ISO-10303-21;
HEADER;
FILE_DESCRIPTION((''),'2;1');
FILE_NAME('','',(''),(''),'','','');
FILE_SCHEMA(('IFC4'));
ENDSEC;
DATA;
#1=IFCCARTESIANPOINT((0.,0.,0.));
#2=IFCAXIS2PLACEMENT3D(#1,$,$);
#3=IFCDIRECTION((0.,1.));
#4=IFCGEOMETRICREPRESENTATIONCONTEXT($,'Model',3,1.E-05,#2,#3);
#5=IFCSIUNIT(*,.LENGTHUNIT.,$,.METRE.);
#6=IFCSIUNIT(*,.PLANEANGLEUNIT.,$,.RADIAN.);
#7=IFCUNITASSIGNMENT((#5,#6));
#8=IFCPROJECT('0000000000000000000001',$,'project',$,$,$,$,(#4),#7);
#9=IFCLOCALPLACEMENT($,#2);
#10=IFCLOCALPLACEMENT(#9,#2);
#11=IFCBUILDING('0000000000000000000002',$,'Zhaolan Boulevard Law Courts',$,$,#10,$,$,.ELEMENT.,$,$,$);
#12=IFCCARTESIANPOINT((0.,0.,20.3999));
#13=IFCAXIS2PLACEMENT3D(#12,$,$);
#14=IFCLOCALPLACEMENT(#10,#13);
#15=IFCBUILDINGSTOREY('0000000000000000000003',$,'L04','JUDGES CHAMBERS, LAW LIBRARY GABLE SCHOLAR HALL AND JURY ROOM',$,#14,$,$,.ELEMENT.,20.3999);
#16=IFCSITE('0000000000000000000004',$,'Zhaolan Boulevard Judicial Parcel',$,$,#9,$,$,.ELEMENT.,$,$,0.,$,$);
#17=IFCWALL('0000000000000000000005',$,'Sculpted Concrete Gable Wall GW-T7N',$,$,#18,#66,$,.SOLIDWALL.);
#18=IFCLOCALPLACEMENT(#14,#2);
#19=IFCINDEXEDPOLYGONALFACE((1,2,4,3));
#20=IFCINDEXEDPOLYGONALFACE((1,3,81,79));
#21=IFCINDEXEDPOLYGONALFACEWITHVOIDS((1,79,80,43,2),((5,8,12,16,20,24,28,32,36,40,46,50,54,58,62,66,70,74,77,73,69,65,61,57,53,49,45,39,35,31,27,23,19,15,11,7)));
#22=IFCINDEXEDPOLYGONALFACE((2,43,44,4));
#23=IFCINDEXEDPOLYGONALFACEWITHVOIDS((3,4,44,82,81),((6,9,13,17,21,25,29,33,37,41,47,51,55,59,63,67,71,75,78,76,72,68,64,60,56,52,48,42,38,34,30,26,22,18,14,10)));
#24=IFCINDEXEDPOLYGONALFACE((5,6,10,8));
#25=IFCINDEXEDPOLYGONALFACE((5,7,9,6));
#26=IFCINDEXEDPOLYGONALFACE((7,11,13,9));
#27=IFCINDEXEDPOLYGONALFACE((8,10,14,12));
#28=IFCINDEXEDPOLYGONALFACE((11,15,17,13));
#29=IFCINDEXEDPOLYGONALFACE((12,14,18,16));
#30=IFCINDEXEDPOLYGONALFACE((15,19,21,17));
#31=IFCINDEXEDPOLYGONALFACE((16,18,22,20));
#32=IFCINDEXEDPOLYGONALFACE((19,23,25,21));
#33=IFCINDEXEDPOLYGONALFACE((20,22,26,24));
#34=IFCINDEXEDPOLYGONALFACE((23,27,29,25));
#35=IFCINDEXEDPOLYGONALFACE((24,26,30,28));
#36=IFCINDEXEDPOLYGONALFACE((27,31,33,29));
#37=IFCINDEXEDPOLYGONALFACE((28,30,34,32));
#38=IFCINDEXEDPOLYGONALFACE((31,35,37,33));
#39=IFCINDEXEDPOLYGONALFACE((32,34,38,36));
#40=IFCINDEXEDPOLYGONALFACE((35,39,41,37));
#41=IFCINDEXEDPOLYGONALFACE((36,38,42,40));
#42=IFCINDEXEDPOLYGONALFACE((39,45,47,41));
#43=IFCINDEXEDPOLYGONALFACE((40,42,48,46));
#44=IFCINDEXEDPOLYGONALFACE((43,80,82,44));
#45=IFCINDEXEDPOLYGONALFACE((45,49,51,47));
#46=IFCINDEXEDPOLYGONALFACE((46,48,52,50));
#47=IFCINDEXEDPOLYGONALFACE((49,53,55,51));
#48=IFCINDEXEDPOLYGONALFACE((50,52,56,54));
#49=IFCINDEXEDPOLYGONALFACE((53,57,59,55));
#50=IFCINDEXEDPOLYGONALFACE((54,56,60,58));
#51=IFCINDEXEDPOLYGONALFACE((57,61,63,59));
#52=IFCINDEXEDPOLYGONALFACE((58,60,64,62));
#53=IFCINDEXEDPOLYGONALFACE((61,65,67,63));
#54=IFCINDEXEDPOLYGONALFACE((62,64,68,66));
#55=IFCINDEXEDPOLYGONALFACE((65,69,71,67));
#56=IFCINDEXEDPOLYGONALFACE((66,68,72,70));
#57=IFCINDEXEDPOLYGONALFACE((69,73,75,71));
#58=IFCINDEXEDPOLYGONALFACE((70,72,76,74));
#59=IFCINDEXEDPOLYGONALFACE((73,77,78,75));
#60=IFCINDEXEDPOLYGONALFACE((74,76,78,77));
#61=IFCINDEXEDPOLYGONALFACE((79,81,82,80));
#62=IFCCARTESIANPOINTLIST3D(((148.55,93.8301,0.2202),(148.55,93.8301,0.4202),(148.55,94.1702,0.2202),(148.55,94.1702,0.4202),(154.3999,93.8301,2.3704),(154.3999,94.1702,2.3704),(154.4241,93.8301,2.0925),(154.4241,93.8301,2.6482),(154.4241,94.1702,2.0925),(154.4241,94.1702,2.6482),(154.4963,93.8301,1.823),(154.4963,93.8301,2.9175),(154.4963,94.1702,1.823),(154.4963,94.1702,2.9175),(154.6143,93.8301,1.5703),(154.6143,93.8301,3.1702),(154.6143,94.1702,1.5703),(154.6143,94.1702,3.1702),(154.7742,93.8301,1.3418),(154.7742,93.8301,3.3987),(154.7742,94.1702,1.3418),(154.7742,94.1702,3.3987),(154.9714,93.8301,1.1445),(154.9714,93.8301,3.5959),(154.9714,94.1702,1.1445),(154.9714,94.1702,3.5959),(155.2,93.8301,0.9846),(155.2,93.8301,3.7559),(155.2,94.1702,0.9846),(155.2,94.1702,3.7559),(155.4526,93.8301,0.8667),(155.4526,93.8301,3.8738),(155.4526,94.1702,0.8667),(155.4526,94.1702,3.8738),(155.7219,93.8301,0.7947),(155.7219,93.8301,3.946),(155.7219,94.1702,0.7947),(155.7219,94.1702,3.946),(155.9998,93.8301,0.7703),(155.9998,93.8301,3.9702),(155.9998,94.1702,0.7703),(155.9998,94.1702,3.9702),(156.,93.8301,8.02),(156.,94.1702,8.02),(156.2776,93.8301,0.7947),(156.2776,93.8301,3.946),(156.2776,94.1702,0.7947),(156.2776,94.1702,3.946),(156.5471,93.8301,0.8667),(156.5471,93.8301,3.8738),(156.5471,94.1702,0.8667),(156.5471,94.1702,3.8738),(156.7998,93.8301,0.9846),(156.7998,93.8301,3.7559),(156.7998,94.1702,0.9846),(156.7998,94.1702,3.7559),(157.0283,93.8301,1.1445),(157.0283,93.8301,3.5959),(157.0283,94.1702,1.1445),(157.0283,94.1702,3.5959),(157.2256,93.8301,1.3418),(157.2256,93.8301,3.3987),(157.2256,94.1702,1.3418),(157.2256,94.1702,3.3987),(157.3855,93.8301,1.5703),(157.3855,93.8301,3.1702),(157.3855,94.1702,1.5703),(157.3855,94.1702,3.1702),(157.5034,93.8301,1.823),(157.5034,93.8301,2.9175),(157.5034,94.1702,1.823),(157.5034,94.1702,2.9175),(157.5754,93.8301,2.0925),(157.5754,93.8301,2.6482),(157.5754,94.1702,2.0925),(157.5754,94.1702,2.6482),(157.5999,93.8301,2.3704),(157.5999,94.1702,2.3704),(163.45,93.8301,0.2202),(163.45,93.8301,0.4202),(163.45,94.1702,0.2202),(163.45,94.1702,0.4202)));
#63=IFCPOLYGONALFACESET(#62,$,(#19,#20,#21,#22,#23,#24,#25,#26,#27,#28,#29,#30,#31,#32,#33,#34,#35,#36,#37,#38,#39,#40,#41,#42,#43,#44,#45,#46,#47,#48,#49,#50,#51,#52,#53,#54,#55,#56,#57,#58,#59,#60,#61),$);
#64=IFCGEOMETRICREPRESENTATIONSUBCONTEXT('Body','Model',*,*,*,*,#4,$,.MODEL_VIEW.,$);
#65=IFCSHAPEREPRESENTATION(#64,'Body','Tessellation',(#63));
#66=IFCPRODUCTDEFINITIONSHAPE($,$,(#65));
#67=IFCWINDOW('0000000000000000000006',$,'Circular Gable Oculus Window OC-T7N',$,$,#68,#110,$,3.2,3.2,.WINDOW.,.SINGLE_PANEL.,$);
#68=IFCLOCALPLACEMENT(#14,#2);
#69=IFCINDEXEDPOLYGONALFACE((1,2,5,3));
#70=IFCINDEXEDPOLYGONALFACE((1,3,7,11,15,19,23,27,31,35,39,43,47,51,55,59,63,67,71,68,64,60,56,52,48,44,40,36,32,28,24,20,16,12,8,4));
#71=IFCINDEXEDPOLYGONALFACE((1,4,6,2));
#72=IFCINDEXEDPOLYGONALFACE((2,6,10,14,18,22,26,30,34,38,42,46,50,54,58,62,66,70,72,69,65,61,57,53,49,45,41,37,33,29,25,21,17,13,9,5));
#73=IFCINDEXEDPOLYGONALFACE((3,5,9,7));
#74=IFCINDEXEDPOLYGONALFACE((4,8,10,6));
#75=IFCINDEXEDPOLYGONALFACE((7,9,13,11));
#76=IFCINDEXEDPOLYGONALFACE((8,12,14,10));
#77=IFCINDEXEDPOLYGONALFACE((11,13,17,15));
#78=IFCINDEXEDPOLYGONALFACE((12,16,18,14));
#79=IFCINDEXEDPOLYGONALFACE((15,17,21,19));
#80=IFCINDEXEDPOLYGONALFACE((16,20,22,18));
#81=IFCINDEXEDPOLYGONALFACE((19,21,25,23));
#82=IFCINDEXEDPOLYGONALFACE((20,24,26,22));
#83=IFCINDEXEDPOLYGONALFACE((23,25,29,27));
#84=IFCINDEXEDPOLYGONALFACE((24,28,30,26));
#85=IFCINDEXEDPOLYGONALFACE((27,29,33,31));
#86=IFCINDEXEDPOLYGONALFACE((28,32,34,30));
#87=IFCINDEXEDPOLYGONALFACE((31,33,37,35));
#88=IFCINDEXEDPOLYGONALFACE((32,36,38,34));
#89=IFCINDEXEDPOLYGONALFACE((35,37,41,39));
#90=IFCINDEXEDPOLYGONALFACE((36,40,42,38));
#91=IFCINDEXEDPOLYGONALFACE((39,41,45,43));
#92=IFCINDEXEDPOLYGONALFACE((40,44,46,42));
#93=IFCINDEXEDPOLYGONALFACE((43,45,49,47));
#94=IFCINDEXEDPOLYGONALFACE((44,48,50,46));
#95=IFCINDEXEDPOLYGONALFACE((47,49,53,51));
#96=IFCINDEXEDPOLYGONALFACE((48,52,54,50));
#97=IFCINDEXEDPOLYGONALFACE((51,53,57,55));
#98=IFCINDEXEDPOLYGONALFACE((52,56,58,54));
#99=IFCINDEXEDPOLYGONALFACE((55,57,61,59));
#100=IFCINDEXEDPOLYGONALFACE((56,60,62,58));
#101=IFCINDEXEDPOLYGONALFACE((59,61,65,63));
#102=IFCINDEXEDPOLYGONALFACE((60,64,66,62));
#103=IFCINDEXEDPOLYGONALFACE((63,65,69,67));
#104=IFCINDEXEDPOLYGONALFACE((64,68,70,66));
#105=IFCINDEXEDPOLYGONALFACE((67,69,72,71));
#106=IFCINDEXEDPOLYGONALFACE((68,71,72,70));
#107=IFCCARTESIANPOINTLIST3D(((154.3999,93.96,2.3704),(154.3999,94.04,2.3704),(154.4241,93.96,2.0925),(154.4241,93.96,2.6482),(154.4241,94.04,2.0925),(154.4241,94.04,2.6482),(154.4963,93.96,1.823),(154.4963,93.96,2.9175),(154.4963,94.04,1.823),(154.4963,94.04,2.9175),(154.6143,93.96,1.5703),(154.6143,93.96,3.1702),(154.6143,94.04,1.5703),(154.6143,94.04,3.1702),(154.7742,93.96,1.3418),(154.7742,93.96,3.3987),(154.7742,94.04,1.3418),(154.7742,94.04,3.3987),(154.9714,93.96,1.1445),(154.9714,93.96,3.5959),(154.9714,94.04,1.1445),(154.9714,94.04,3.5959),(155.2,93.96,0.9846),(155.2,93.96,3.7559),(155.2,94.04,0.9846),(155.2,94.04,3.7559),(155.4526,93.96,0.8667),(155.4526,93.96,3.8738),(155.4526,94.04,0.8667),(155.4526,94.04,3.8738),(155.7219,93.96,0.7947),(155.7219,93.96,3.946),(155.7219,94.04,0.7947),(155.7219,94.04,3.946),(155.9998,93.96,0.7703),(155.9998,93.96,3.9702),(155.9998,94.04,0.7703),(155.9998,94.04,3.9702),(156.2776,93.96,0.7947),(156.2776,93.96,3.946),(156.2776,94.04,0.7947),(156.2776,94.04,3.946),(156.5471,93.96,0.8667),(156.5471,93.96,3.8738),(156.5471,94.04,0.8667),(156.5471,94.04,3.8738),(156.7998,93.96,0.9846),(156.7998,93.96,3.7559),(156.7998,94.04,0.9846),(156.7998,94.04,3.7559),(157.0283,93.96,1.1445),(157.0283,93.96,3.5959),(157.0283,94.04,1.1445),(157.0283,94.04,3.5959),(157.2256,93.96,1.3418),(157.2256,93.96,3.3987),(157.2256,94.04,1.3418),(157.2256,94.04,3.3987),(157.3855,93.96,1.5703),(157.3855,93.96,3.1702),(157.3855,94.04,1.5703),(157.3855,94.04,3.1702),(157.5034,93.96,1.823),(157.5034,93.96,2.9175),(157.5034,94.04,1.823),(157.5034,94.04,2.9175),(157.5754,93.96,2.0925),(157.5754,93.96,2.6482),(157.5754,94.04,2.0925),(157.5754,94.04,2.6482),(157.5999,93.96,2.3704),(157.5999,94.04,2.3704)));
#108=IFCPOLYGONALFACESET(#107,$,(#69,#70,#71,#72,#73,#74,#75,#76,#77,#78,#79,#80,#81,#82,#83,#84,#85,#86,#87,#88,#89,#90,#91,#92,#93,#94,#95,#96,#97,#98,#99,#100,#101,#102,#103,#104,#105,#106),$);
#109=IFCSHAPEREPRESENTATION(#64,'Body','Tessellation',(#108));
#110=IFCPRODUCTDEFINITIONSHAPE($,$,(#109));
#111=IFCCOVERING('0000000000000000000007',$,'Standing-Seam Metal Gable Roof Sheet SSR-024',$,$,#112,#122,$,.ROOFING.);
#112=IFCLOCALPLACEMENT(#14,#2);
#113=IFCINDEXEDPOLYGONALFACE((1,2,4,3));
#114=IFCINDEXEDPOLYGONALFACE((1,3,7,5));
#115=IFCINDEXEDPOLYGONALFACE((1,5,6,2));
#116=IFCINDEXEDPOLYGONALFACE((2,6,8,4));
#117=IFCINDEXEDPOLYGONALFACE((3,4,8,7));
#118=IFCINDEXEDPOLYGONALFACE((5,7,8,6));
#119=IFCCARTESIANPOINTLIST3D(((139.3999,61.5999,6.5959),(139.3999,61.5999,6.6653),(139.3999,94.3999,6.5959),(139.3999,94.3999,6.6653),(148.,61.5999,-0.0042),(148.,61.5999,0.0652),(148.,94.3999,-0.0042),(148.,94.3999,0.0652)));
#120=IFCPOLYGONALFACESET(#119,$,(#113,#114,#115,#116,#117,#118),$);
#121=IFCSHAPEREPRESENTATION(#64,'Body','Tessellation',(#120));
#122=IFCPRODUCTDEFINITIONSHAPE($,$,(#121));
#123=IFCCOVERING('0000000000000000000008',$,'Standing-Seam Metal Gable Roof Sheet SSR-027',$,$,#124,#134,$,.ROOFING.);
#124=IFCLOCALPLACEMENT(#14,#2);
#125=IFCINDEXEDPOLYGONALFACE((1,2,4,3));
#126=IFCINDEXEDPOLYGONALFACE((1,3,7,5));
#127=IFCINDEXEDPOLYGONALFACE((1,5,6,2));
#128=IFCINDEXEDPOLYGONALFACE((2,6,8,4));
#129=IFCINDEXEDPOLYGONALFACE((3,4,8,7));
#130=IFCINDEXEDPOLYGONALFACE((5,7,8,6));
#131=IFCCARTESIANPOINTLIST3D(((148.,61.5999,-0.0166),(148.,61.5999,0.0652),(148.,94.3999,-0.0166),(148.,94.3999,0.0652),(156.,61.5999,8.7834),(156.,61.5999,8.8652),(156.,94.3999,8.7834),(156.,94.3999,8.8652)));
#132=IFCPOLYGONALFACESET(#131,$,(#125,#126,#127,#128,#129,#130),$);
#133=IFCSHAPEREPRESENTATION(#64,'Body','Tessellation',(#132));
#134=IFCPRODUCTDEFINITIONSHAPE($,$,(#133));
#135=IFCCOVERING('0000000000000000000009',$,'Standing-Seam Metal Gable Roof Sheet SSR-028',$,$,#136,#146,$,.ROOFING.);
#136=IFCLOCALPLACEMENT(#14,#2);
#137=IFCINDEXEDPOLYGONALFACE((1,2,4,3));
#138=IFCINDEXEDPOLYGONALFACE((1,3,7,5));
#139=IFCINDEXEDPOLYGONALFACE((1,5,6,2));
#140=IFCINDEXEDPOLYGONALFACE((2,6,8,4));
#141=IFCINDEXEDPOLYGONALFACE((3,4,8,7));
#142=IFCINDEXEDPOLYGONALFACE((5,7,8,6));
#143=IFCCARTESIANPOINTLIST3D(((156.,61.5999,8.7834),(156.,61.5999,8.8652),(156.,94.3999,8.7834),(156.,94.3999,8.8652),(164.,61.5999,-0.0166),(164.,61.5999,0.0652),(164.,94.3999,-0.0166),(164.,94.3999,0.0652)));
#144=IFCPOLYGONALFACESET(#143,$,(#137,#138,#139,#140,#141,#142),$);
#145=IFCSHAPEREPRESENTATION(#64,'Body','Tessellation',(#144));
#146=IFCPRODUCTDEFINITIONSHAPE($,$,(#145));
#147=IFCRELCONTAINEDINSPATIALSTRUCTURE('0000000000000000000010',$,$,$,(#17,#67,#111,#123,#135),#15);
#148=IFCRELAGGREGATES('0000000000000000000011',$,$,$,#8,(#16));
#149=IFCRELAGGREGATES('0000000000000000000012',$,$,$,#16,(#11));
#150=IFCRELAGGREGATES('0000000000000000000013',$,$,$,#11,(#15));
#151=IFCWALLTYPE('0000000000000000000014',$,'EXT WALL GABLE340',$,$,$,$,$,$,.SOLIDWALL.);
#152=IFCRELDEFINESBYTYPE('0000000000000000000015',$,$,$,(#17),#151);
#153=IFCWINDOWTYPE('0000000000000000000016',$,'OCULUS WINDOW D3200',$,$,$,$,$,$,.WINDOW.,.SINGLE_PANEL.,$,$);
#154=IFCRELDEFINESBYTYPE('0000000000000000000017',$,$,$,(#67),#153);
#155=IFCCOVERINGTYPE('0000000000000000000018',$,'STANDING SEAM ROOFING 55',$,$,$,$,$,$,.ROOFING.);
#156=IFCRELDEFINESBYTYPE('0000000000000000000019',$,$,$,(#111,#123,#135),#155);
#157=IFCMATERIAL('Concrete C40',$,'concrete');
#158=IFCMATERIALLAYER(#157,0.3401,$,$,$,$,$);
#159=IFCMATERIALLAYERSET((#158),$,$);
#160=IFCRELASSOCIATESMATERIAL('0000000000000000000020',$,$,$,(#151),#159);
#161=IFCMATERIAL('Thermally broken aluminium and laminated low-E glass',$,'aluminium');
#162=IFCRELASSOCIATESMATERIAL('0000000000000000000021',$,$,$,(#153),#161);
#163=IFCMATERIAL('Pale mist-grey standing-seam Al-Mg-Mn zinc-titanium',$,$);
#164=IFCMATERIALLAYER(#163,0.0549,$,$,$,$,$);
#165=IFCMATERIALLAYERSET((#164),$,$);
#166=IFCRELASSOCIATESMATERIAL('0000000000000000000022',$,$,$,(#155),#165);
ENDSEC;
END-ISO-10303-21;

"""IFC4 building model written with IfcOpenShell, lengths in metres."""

from ifc_helpers import new_model, si_unit, direction, frame, origin, place, context, subcontext, project, spatial, polyline, outline, extrude, material, layer, layer_set, type_object, element, fill, save


model = new_model("IFC4")

# Units and contexts
model_context = context("Model", 3, precision=1e-05, world=origin(), true_north=direction((0.0, 1.0)))
body_context = subcontext(model_context, "Body", "Model", "MODEL_VIEW")
ifc_project = project(units=[si_unit("LENGTHUNIT", "METRE"), si_unit("PLANEANGLEUNIT", "RADIAN")], contexts=[model_context])

# Site, building, storey
site_placement = place(None, origin())
site = spatial("IfcSite", under=ifc_project, at=site_placement, Name="Zhaolan Boulevard Judicial Parcel", CompositionType="ELEMENT", RefElevation=0.0)
building_placement = place(site_placement, origin())
building = spatial("IfcBuilding", under=site, at=building_placement, Name="Zhaolan Boulevard Law Courts", CompositionType="ELEMENT")
storey_placement = place(building_placement, frame((0.0, 0.0, 20.3999)))
storey = spatial("IfcBuildingStorey", under=building, at=storey_placement, Name="L04", Description="JUDGES CHAMBERS, LAW LIBRARY GABLE SCHOLAR HALL AND JURY ROOM", CompositionType="ELEMENT", Elevation=20.3999)

# Wall, opening, window
ifc_material_1 = material(Name="Concrete C40", Category="concrete")
ifc_layer_1 = layer(ifc_material_1, 0.3401)
ifc_layer_set_1 = layer_set([ifc_layer_1])
wall_type = type_object("IfcWallType", Name="EXT WALL GABLE340", PredefinedType="SOLIDWALL", material=ifc_layer_set_1)
wall_1_placement = place(storey_placement, frame((163.45, 94.0, 0.2202), z_axis=(0.0, 0.0, 1.0), x_axis=(-1.0, 0.0, 0.0)))
wall_1 = element("IfcWall", 1, at=wall_1_placement, inside=storey, type_object=wall_type, Name="Sculpted Concrete Gable Wall GW-T7N", PredefinedType="SOLIDWALL", context=body_context, shape_type="SweptSolid", body=[
    extrude(outline(polyline([(0.0, 0.0), (14.8999, 0.0), (14.8999, 0.2), (7.45, 7.7998), (0.0, 0.2), (0.0, 0.0)])), frame((0.0, 0.1699, 0.0), z_axis=(0.0, -1.0, 0.0), x_axis=(1.0, 0.0, 0.0)), (0.0, 0.0, 1.0), 0.3401),
])
opening_1_placement = place(wall_1_placement, frame((5.8501, 0.0, 0.55)))
opening_1 = element("IfcOpeningElement", 2, at=opening_1_placement, cuts=wall_1, PredefinedType="OPENING", context=body_context, shape_type="SweptSolid", body=[
    extrude(outline(polyline([(3.2, 1.6001), (3.1758, 1.8779), (3.1035, 2.1472), (2.9856, 2.3999), (2.8257, 2.6284), (2.6284, 2.8257), (2.3999, 2.9856), (2.1472, 3.1035), (1.8779, 3.1758), (1.6001, 3.2), (1.3223, 3.1758), (1.0527, 3.1035), (0.8, 2.9856), (0.5715, 2.8257), (0.3743, 2.6284), (0.2144, 2.3999), (0.0964, 2.1472), (0.0244, 1.8779), (0.0, 1.6001), (0.0244, 1.3223), (0.0964, 1.0527), (0.2144, 0.8), (0.3743, 0.5715), (0.5715, 0.3743), (0.8, 0.2144), (1.0527, 0.0964), (1.3223, 0.0244), (1.6001, 0.0), (1.8779, 0.0244), (2.1472, 0.0964), (2.3999, 0.2144), (2.6284, 0.3743), (2.8257, 0.5715), (2.9856, 0.8), (3.1035, 1.0527), (3.1758, 1.3223), (3.2, 1.6001)])), frame((0.0, 0.1799, 0.0), z_axis=(0.0, -1.0, 0.0), x_axis=(1.0, 0.0, 0.0)), (0.0, 0.0, 1.0), 0.3601),
])
ifc_material_2 = material(Name="Thermally broken aluminium and laminated low-E glass", Category="aluminium")
window_type_1 = type_object("IfcWindowType", Name="OCULUS WINDOW D3200", PartitioningType="SINGLE_PANEL", PredefinedType="WINDOW", material=ifc_material_2)
window_1_placement = place(opening_1_placement, origin())
window_1 = element("IfcWindow", 3, at=window_1_placement, inside=storey, type_object=window_type_1, Name="Circular Gable Oculus Window OC-T7N", OverallHeight=3.2, OverallWidth=3.2, PartitioningType="SINGLE_PANEL", PredefinedType="WINDOW", context=body_context, shape_type="SweptSolid", body=[
    extrude(outline(polyline([(3.2, 1.6001), (3.1758, 1.8779), (3.1035, 2.1472), (2.9856, 2.3999), (2.8257, 2.6284), (2.6284, 2.8257), (2.3999, 2.9856), (2.1472, 3.1035), (1.8779, 3.1758), (1.6001, 3.2), (1.3223, 3.1758), (1.0527, 3.1035), (0.8, 2.9856), (0.5715, 2.8257), (0.3743, 2.6284), (0.2144, 2.3999), (0.0964, 2.1472), (0.0244, 1.8779), (0.0, 1.6001), (0.0244, 1.3223), (0.0964, 1.0527), (0.2144, 0.8), (0.3743, 0.5715), (0.5715, 0.3743), (0.8, 0.2144), (1.0527, 0.0964), (1.3223, 0.0244), (1.6001, 0.0), (1.8779, 0.0244), (2.1472, 0.0964), (2.3999, 0.2144), (2.6284, 0.3743), (2.8257, 0.5715), (2.9856, 0.8), (3.1035, 1.0527), (3.1758, 1.3223), (3.2, 1.6001)])), frame((0.0, 0.04, 0.0), z_axis=(0.0, -1.0, 0.0), x_axis=(1.0, 0.0, 0.0)), (0.0, 0.0, 1.0), 0.0801),
])
fill(opening_1, window_1)

# Coverings
ifc_material_3 = material(Name="Pale mist-grey standing-seam Al-Mg-Mn zinc-titanium")
ifc_layer_2 = layer(ifc_material_3, 0.0549)
ifc_layer_set_2 = layer_set([ifc_layer_2])
covering_type = type_object("IfcCoveringType", Name="STANDING SEAM ROOFING 55", PredefinedType="ROOFING", material=ifc_layer_set_2)
covering_1_placement = place(storey_placement, frame((139.3999, 94.3999, 0.0652), z_axis=(0.0, -1.0, 0.0), x_axis=(1.0, 0.0, 0.0)))
element("IfcCovering", 4, at=covering_1_placement, inside=storey, type_object=covering_type, Name="Standing-Seam Metal Gable Roof Sheet SSR-024", PredefinedType="ROOFING", context=body_context, shape_type="SweptSolid", body=[
    extrude(outline(polyline([(0.0, 6.6001), (8.6001, 0.0), (8.6001, -0.0693), (0.0, 6.5308), (0.0, 6.6001)])), origin(), (0.0, 0.0, 1.0), 32.8),
])
covering_2_placement = place(storey_placement, frame((148.0, 94.3999, 0.0652), z_axis=(0.0, -1.0, 0.0), x_axis=(1.0, 0.0, 0.0)))
element("IfcCovering", 5, at=covering_2_placement, inside=storey, type_object=covering_type, Name="Standing-Seam Metal Gable Roof Sheet SSR-027", PredefinedType="ROOFING", context=body_context, shape_type="SweptSolid", body=[
    extrude(outline(polyline([(0.0, 0.0), (8.0, 8.8), (8.0, 8.7183), (0.0, -0.0818), (0.0, 0.0)])), origin(), (0.0, 0.0, 1.0), 32.8),
])
covering_3_placement = place(storey_placement, frame((156.0, 94.3999, 0.0652), z_axis=(0.0, -1.0, 0.0), x_axis=(1.0, 0.0, 0.0)))
element("IfcCovering", 6, at=covering_3_placement, inside=storey, type_object=covering_type, Name="Standing-Seam Metal Gable Roof Sheet SSR-028", PredefinedType="ROOFING", context=body_context, shape_type="SweptSolid", body=[
    extrude(outline(polyline([(0.0, 8.8), (8.0, 0.0), (8.0, -0.0818), (0.0, 8.7183), (0.0, 8.8)])), origin(), (0.0, 0.0, 1.0), 32.8),
])

save(model, "model.ifc")
